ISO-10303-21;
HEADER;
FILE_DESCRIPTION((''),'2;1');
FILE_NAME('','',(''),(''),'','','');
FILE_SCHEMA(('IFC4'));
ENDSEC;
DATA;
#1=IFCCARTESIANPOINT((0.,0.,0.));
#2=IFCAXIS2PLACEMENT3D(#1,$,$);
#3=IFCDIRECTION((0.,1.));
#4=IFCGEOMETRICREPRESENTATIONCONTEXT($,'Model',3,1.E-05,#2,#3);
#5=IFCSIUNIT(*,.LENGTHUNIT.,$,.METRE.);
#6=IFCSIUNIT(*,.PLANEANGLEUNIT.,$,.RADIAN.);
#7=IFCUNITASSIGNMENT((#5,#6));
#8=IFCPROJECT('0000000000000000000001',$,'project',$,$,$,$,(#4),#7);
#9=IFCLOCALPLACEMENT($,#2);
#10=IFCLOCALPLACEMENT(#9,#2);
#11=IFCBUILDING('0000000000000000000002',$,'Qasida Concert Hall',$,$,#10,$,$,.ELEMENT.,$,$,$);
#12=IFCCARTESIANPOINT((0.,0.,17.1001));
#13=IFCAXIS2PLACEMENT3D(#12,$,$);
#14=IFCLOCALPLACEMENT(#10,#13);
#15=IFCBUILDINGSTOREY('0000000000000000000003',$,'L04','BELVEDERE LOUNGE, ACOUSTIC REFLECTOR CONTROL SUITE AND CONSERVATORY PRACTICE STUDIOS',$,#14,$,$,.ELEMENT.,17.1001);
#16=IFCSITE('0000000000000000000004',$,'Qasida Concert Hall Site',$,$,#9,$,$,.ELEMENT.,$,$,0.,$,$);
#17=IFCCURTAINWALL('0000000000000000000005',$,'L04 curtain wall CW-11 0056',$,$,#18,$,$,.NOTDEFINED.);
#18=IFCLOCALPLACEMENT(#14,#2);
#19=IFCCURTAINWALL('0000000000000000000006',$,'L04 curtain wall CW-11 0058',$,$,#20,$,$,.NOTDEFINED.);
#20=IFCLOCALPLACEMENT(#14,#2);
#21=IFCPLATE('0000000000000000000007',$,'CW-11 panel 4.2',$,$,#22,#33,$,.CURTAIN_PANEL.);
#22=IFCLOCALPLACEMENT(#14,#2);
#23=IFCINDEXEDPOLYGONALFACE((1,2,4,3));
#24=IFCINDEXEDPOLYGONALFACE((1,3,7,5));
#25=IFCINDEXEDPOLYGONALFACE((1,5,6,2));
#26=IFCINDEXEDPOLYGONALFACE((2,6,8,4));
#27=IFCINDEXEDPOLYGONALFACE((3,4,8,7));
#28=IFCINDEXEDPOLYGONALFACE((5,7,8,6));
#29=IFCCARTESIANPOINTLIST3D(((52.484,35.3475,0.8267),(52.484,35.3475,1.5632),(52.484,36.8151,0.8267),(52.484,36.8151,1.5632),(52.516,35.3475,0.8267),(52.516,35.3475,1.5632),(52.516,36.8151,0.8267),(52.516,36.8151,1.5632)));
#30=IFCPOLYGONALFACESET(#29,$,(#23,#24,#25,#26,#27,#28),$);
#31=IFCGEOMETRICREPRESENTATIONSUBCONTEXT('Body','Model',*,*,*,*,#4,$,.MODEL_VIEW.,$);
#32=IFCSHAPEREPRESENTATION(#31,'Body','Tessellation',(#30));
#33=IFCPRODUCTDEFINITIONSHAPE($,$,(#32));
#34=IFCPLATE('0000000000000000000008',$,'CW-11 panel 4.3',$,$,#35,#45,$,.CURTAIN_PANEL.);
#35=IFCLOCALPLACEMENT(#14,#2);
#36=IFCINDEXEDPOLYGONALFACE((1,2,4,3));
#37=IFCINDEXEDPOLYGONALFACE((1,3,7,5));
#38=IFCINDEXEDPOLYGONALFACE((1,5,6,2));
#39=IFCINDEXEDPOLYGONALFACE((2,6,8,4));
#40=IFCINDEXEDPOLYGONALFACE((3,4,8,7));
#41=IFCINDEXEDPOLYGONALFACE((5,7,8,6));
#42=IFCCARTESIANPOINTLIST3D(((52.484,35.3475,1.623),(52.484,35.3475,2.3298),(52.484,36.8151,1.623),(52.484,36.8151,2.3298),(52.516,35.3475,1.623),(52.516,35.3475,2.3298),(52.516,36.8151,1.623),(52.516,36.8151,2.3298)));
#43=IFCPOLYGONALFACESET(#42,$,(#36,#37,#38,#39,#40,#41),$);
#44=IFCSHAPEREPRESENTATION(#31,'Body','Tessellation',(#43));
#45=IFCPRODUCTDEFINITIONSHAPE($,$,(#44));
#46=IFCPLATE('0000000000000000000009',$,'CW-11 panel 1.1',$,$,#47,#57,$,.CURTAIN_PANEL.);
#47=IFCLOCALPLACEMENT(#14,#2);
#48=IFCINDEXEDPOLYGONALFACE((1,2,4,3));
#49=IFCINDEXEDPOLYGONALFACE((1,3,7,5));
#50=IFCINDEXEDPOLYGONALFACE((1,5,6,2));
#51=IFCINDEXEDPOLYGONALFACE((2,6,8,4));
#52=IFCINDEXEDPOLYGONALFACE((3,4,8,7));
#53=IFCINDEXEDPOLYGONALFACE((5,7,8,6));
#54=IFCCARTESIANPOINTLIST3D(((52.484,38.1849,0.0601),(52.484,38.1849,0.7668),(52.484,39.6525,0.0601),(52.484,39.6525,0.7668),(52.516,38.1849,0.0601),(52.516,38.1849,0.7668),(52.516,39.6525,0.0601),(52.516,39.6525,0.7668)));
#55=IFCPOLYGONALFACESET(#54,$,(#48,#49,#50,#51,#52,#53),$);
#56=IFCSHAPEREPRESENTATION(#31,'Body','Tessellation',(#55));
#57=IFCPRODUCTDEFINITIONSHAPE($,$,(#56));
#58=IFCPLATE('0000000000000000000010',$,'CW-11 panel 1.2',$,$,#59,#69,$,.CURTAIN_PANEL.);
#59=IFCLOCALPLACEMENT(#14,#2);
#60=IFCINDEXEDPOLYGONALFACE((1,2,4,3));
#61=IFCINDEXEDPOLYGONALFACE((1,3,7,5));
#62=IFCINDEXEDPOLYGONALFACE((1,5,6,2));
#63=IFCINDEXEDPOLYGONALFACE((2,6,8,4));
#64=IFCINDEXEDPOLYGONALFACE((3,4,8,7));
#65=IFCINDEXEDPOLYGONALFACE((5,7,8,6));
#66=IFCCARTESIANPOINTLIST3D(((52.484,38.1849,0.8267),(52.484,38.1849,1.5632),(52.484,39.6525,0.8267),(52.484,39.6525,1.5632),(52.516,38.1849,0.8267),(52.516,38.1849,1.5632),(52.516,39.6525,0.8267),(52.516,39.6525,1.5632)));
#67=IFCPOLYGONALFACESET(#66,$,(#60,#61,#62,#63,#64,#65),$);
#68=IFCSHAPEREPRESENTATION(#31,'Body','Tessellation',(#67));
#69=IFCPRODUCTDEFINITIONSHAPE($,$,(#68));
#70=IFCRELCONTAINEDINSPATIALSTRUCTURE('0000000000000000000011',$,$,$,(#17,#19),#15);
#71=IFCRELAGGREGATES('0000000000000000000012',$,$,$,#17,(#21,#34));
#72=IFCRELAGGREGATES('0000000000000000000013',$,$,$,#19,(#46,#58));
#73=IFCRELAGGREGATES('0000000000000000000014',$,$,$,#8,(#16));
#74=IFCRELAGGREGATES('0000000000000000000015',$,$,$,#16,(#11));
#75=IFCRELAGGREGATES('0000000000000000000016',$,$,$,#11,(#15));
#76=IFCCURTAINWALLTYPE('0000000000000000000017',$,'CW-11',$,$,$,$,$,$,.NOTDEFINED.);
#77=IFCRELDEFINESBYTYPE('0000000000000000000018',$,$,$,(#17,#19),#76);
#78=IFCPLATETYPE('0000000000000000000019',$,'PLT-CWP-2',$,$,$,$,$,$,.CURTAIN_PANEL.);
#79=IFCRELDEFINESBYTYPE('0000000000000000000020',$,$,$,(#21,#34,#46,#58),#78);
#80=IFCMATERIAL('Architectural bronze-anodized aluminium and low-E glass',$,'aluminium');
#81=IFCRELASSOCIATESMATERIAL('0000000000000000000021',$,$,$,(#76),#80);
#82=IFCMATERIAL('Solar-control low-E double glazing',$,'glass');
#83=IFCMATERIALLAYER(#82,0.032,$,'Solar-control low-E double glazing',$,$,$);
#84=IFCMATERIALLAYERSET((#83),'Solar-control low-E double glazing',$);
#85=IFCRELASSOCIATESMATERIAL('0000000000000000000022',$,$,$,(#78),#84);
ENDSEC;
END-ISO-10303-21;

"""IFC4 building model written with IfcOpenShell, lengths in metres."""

from ifc_helpers import new_model, si_unit, direction, frame, origin, origin_2d, place, context, subcontext, project, spatial, rectangle, extrude, material, layer, layer_set, type_object, element, aggregate, save


model = new_model("IFC4")

# Units and contexts
model_context = context("Model", 3, precision=1e-05, world=origin(), true_north=direction((0.0, 1.0)))
body_context = subcontext(model_context, "Body", "Model", "MODEL_VIEW")
ifc_project = project(units=[si_unit("LENGTHUNIT", "METRE"), si_unit("PLANEANGLEUNIT", "RADIAN")], contexts=[model_context])

# Site, building, storey
site_placement = place(None, origin())
site = spatial("IfcSite", under=ifc_project, at=site_placement, Name="Qasida Concert Hall Site", CompositionType="ELEMENT", RefElevation=0.0)
building_placement = place(site_placement, origin())
building = spatial("IfcBuilding", under=site, at=building_placement, Name="Qasida Concert Hall", CompositionType="ELEMENT")
storey_placement = place(building_placement, frame((0.0, 0.0, 17.1001)))
storey = spatial("IfcBuildingStorey", under=building, at=storey_placement, Name="L04", Description="BELVEDERE LOUNGE, ACOUSTIC REFLECTOR CONTROL SUITE AND CONSERVATORY PRACTICE STUDIOS", CompositionType="ELEMENT", Elevation=17.1001)

# Curtain wall
ifc_material_1 = material(Name="Architectural bronze-anodized aluminium and low-E glass", Category="aluminium")
curtain_wall_type = type_object("IfcCurtainWallType", Name="CW-11", PredefinedType="NOTDEFINED", material=ifc_material_1)
curtain_wall_1_placement = place(storey_placement, origin())
curtain_wall_1 = element("IfcCurtainWall", 1, at=curtain_wall_1_placement, inside=storey, type_object=curtain_wall_type, Name="L04 curtain wall CW-11 0056", PredefinedType="NOTDEFINED")

# Curtain wall
curtain_wall_2_placement = place(storey_placement, origin())
curtain_wall_2 = element("IfcCurtainWall", 2, at=curtain_wall_2_placement, inside=storey, type_object=curtain_wall_type, Name="L04 curtain wall CW-11 0058", PredefinedType="NOTDEFINED")

# Plates
ifc_material_2 = material(Name="Solar-control low-E double glazing", Category="glass")
ifc_layer = layer(ifc_material_2, 0.032, Name="Solar-control low-E double glazing")
ifc_layer_set = layer_set([ifc_layer], Name="Solar-control low-E double glazing")
plate_type = type_object("IfcPlateType", Name="PLT-CWP-2", PredefinedType="CURTAIN_PANEL", material=ifc_layer_set)
plate_1_placement = place(storey_placement, frame((52.5, 36.0813, 0.8267), z_axis=(0.0, 0.0, 1.0), x_axis=(0.0, 1.0, 0.0)))
plate_1 = element("IfcPlate", 3, at=plate_1_placement, type_object=plate_type, Name="CW-11 panel 4.2", PredefinedType="CURTAIN_PANEL", context=body_context, shape_type="SweptSolid", body=[
    extrude(rectangle(XDim=1.4675, YDim=0.032, at=origin_2d()), origin(), (0.0, 0.0, 1.0), 0.7366),
])
plate_2_placement = place(storey_placement, frame((52.5, 36.0813, 1.623), z_axis=(0.0, 0.0, 1.0), x_axis=(0.0, 1.0, 0.0)))
plate_2 = element("IfcPlate", 4, at=plate_2_placement, type_object=plate_type, Name="CW-11 panel 4.3", PredefinedType="CURTAIN_PANEL", context=body_context, shape_type="SweptSolid", body=[
    extrude(rectangle(XDim=1.4675, YDim=0.032, at=origin_2d()), origin(), (0.0, 0.0, 1.0), 0.7068),
])
aggregate(curtain_wall_1, [plate_1, plate_2])
plate_3_placement = place(storey_placement, frame((52.5, 38.9187, 0.0601), z_axis=(0.0, 0.0, 1.0), x_axis=(0.0, 1.0, 0.0)))
plate_3 = element("IfcPlate", 5, at=plate_3_placement, type_object=plate_type, Name="CW-11 panel 1.1", PredefinedType="CURTAIN_PANEL", context=body_context, shape_type="SweptSolid", body=[
    extrude(rectangle(XDim=1.4675, YDim=0.032, at=origin_2d()), origin(), (0.0, 0.0, 1.0), 0.7068),
])
plate_4_placement = place(storey_placement, frame((52.5, 38.9187, 0.8267), z_axis=(0.0, 0.0, 1.0), x_axis=(0.0, 1.0, 0.0)))
plate_4 = element("IfcPlate", 6, at=plate_4_placement, type_object=plate_type, Name="CW-11 panel 1.2", PredefinedType="CURTAIN_PANEL", context=body_context, shape_type="SweptSolid", body=[
    extrude(rectangle(XDim=1.4675, YDim=0.032, at=origin_2d()), origin(), (0.0, 0.0, 1.0), 0.7366),
])
aggregate(curtain_wall_2, [plate_3, plate_4])

save(model, "model.ifc")
